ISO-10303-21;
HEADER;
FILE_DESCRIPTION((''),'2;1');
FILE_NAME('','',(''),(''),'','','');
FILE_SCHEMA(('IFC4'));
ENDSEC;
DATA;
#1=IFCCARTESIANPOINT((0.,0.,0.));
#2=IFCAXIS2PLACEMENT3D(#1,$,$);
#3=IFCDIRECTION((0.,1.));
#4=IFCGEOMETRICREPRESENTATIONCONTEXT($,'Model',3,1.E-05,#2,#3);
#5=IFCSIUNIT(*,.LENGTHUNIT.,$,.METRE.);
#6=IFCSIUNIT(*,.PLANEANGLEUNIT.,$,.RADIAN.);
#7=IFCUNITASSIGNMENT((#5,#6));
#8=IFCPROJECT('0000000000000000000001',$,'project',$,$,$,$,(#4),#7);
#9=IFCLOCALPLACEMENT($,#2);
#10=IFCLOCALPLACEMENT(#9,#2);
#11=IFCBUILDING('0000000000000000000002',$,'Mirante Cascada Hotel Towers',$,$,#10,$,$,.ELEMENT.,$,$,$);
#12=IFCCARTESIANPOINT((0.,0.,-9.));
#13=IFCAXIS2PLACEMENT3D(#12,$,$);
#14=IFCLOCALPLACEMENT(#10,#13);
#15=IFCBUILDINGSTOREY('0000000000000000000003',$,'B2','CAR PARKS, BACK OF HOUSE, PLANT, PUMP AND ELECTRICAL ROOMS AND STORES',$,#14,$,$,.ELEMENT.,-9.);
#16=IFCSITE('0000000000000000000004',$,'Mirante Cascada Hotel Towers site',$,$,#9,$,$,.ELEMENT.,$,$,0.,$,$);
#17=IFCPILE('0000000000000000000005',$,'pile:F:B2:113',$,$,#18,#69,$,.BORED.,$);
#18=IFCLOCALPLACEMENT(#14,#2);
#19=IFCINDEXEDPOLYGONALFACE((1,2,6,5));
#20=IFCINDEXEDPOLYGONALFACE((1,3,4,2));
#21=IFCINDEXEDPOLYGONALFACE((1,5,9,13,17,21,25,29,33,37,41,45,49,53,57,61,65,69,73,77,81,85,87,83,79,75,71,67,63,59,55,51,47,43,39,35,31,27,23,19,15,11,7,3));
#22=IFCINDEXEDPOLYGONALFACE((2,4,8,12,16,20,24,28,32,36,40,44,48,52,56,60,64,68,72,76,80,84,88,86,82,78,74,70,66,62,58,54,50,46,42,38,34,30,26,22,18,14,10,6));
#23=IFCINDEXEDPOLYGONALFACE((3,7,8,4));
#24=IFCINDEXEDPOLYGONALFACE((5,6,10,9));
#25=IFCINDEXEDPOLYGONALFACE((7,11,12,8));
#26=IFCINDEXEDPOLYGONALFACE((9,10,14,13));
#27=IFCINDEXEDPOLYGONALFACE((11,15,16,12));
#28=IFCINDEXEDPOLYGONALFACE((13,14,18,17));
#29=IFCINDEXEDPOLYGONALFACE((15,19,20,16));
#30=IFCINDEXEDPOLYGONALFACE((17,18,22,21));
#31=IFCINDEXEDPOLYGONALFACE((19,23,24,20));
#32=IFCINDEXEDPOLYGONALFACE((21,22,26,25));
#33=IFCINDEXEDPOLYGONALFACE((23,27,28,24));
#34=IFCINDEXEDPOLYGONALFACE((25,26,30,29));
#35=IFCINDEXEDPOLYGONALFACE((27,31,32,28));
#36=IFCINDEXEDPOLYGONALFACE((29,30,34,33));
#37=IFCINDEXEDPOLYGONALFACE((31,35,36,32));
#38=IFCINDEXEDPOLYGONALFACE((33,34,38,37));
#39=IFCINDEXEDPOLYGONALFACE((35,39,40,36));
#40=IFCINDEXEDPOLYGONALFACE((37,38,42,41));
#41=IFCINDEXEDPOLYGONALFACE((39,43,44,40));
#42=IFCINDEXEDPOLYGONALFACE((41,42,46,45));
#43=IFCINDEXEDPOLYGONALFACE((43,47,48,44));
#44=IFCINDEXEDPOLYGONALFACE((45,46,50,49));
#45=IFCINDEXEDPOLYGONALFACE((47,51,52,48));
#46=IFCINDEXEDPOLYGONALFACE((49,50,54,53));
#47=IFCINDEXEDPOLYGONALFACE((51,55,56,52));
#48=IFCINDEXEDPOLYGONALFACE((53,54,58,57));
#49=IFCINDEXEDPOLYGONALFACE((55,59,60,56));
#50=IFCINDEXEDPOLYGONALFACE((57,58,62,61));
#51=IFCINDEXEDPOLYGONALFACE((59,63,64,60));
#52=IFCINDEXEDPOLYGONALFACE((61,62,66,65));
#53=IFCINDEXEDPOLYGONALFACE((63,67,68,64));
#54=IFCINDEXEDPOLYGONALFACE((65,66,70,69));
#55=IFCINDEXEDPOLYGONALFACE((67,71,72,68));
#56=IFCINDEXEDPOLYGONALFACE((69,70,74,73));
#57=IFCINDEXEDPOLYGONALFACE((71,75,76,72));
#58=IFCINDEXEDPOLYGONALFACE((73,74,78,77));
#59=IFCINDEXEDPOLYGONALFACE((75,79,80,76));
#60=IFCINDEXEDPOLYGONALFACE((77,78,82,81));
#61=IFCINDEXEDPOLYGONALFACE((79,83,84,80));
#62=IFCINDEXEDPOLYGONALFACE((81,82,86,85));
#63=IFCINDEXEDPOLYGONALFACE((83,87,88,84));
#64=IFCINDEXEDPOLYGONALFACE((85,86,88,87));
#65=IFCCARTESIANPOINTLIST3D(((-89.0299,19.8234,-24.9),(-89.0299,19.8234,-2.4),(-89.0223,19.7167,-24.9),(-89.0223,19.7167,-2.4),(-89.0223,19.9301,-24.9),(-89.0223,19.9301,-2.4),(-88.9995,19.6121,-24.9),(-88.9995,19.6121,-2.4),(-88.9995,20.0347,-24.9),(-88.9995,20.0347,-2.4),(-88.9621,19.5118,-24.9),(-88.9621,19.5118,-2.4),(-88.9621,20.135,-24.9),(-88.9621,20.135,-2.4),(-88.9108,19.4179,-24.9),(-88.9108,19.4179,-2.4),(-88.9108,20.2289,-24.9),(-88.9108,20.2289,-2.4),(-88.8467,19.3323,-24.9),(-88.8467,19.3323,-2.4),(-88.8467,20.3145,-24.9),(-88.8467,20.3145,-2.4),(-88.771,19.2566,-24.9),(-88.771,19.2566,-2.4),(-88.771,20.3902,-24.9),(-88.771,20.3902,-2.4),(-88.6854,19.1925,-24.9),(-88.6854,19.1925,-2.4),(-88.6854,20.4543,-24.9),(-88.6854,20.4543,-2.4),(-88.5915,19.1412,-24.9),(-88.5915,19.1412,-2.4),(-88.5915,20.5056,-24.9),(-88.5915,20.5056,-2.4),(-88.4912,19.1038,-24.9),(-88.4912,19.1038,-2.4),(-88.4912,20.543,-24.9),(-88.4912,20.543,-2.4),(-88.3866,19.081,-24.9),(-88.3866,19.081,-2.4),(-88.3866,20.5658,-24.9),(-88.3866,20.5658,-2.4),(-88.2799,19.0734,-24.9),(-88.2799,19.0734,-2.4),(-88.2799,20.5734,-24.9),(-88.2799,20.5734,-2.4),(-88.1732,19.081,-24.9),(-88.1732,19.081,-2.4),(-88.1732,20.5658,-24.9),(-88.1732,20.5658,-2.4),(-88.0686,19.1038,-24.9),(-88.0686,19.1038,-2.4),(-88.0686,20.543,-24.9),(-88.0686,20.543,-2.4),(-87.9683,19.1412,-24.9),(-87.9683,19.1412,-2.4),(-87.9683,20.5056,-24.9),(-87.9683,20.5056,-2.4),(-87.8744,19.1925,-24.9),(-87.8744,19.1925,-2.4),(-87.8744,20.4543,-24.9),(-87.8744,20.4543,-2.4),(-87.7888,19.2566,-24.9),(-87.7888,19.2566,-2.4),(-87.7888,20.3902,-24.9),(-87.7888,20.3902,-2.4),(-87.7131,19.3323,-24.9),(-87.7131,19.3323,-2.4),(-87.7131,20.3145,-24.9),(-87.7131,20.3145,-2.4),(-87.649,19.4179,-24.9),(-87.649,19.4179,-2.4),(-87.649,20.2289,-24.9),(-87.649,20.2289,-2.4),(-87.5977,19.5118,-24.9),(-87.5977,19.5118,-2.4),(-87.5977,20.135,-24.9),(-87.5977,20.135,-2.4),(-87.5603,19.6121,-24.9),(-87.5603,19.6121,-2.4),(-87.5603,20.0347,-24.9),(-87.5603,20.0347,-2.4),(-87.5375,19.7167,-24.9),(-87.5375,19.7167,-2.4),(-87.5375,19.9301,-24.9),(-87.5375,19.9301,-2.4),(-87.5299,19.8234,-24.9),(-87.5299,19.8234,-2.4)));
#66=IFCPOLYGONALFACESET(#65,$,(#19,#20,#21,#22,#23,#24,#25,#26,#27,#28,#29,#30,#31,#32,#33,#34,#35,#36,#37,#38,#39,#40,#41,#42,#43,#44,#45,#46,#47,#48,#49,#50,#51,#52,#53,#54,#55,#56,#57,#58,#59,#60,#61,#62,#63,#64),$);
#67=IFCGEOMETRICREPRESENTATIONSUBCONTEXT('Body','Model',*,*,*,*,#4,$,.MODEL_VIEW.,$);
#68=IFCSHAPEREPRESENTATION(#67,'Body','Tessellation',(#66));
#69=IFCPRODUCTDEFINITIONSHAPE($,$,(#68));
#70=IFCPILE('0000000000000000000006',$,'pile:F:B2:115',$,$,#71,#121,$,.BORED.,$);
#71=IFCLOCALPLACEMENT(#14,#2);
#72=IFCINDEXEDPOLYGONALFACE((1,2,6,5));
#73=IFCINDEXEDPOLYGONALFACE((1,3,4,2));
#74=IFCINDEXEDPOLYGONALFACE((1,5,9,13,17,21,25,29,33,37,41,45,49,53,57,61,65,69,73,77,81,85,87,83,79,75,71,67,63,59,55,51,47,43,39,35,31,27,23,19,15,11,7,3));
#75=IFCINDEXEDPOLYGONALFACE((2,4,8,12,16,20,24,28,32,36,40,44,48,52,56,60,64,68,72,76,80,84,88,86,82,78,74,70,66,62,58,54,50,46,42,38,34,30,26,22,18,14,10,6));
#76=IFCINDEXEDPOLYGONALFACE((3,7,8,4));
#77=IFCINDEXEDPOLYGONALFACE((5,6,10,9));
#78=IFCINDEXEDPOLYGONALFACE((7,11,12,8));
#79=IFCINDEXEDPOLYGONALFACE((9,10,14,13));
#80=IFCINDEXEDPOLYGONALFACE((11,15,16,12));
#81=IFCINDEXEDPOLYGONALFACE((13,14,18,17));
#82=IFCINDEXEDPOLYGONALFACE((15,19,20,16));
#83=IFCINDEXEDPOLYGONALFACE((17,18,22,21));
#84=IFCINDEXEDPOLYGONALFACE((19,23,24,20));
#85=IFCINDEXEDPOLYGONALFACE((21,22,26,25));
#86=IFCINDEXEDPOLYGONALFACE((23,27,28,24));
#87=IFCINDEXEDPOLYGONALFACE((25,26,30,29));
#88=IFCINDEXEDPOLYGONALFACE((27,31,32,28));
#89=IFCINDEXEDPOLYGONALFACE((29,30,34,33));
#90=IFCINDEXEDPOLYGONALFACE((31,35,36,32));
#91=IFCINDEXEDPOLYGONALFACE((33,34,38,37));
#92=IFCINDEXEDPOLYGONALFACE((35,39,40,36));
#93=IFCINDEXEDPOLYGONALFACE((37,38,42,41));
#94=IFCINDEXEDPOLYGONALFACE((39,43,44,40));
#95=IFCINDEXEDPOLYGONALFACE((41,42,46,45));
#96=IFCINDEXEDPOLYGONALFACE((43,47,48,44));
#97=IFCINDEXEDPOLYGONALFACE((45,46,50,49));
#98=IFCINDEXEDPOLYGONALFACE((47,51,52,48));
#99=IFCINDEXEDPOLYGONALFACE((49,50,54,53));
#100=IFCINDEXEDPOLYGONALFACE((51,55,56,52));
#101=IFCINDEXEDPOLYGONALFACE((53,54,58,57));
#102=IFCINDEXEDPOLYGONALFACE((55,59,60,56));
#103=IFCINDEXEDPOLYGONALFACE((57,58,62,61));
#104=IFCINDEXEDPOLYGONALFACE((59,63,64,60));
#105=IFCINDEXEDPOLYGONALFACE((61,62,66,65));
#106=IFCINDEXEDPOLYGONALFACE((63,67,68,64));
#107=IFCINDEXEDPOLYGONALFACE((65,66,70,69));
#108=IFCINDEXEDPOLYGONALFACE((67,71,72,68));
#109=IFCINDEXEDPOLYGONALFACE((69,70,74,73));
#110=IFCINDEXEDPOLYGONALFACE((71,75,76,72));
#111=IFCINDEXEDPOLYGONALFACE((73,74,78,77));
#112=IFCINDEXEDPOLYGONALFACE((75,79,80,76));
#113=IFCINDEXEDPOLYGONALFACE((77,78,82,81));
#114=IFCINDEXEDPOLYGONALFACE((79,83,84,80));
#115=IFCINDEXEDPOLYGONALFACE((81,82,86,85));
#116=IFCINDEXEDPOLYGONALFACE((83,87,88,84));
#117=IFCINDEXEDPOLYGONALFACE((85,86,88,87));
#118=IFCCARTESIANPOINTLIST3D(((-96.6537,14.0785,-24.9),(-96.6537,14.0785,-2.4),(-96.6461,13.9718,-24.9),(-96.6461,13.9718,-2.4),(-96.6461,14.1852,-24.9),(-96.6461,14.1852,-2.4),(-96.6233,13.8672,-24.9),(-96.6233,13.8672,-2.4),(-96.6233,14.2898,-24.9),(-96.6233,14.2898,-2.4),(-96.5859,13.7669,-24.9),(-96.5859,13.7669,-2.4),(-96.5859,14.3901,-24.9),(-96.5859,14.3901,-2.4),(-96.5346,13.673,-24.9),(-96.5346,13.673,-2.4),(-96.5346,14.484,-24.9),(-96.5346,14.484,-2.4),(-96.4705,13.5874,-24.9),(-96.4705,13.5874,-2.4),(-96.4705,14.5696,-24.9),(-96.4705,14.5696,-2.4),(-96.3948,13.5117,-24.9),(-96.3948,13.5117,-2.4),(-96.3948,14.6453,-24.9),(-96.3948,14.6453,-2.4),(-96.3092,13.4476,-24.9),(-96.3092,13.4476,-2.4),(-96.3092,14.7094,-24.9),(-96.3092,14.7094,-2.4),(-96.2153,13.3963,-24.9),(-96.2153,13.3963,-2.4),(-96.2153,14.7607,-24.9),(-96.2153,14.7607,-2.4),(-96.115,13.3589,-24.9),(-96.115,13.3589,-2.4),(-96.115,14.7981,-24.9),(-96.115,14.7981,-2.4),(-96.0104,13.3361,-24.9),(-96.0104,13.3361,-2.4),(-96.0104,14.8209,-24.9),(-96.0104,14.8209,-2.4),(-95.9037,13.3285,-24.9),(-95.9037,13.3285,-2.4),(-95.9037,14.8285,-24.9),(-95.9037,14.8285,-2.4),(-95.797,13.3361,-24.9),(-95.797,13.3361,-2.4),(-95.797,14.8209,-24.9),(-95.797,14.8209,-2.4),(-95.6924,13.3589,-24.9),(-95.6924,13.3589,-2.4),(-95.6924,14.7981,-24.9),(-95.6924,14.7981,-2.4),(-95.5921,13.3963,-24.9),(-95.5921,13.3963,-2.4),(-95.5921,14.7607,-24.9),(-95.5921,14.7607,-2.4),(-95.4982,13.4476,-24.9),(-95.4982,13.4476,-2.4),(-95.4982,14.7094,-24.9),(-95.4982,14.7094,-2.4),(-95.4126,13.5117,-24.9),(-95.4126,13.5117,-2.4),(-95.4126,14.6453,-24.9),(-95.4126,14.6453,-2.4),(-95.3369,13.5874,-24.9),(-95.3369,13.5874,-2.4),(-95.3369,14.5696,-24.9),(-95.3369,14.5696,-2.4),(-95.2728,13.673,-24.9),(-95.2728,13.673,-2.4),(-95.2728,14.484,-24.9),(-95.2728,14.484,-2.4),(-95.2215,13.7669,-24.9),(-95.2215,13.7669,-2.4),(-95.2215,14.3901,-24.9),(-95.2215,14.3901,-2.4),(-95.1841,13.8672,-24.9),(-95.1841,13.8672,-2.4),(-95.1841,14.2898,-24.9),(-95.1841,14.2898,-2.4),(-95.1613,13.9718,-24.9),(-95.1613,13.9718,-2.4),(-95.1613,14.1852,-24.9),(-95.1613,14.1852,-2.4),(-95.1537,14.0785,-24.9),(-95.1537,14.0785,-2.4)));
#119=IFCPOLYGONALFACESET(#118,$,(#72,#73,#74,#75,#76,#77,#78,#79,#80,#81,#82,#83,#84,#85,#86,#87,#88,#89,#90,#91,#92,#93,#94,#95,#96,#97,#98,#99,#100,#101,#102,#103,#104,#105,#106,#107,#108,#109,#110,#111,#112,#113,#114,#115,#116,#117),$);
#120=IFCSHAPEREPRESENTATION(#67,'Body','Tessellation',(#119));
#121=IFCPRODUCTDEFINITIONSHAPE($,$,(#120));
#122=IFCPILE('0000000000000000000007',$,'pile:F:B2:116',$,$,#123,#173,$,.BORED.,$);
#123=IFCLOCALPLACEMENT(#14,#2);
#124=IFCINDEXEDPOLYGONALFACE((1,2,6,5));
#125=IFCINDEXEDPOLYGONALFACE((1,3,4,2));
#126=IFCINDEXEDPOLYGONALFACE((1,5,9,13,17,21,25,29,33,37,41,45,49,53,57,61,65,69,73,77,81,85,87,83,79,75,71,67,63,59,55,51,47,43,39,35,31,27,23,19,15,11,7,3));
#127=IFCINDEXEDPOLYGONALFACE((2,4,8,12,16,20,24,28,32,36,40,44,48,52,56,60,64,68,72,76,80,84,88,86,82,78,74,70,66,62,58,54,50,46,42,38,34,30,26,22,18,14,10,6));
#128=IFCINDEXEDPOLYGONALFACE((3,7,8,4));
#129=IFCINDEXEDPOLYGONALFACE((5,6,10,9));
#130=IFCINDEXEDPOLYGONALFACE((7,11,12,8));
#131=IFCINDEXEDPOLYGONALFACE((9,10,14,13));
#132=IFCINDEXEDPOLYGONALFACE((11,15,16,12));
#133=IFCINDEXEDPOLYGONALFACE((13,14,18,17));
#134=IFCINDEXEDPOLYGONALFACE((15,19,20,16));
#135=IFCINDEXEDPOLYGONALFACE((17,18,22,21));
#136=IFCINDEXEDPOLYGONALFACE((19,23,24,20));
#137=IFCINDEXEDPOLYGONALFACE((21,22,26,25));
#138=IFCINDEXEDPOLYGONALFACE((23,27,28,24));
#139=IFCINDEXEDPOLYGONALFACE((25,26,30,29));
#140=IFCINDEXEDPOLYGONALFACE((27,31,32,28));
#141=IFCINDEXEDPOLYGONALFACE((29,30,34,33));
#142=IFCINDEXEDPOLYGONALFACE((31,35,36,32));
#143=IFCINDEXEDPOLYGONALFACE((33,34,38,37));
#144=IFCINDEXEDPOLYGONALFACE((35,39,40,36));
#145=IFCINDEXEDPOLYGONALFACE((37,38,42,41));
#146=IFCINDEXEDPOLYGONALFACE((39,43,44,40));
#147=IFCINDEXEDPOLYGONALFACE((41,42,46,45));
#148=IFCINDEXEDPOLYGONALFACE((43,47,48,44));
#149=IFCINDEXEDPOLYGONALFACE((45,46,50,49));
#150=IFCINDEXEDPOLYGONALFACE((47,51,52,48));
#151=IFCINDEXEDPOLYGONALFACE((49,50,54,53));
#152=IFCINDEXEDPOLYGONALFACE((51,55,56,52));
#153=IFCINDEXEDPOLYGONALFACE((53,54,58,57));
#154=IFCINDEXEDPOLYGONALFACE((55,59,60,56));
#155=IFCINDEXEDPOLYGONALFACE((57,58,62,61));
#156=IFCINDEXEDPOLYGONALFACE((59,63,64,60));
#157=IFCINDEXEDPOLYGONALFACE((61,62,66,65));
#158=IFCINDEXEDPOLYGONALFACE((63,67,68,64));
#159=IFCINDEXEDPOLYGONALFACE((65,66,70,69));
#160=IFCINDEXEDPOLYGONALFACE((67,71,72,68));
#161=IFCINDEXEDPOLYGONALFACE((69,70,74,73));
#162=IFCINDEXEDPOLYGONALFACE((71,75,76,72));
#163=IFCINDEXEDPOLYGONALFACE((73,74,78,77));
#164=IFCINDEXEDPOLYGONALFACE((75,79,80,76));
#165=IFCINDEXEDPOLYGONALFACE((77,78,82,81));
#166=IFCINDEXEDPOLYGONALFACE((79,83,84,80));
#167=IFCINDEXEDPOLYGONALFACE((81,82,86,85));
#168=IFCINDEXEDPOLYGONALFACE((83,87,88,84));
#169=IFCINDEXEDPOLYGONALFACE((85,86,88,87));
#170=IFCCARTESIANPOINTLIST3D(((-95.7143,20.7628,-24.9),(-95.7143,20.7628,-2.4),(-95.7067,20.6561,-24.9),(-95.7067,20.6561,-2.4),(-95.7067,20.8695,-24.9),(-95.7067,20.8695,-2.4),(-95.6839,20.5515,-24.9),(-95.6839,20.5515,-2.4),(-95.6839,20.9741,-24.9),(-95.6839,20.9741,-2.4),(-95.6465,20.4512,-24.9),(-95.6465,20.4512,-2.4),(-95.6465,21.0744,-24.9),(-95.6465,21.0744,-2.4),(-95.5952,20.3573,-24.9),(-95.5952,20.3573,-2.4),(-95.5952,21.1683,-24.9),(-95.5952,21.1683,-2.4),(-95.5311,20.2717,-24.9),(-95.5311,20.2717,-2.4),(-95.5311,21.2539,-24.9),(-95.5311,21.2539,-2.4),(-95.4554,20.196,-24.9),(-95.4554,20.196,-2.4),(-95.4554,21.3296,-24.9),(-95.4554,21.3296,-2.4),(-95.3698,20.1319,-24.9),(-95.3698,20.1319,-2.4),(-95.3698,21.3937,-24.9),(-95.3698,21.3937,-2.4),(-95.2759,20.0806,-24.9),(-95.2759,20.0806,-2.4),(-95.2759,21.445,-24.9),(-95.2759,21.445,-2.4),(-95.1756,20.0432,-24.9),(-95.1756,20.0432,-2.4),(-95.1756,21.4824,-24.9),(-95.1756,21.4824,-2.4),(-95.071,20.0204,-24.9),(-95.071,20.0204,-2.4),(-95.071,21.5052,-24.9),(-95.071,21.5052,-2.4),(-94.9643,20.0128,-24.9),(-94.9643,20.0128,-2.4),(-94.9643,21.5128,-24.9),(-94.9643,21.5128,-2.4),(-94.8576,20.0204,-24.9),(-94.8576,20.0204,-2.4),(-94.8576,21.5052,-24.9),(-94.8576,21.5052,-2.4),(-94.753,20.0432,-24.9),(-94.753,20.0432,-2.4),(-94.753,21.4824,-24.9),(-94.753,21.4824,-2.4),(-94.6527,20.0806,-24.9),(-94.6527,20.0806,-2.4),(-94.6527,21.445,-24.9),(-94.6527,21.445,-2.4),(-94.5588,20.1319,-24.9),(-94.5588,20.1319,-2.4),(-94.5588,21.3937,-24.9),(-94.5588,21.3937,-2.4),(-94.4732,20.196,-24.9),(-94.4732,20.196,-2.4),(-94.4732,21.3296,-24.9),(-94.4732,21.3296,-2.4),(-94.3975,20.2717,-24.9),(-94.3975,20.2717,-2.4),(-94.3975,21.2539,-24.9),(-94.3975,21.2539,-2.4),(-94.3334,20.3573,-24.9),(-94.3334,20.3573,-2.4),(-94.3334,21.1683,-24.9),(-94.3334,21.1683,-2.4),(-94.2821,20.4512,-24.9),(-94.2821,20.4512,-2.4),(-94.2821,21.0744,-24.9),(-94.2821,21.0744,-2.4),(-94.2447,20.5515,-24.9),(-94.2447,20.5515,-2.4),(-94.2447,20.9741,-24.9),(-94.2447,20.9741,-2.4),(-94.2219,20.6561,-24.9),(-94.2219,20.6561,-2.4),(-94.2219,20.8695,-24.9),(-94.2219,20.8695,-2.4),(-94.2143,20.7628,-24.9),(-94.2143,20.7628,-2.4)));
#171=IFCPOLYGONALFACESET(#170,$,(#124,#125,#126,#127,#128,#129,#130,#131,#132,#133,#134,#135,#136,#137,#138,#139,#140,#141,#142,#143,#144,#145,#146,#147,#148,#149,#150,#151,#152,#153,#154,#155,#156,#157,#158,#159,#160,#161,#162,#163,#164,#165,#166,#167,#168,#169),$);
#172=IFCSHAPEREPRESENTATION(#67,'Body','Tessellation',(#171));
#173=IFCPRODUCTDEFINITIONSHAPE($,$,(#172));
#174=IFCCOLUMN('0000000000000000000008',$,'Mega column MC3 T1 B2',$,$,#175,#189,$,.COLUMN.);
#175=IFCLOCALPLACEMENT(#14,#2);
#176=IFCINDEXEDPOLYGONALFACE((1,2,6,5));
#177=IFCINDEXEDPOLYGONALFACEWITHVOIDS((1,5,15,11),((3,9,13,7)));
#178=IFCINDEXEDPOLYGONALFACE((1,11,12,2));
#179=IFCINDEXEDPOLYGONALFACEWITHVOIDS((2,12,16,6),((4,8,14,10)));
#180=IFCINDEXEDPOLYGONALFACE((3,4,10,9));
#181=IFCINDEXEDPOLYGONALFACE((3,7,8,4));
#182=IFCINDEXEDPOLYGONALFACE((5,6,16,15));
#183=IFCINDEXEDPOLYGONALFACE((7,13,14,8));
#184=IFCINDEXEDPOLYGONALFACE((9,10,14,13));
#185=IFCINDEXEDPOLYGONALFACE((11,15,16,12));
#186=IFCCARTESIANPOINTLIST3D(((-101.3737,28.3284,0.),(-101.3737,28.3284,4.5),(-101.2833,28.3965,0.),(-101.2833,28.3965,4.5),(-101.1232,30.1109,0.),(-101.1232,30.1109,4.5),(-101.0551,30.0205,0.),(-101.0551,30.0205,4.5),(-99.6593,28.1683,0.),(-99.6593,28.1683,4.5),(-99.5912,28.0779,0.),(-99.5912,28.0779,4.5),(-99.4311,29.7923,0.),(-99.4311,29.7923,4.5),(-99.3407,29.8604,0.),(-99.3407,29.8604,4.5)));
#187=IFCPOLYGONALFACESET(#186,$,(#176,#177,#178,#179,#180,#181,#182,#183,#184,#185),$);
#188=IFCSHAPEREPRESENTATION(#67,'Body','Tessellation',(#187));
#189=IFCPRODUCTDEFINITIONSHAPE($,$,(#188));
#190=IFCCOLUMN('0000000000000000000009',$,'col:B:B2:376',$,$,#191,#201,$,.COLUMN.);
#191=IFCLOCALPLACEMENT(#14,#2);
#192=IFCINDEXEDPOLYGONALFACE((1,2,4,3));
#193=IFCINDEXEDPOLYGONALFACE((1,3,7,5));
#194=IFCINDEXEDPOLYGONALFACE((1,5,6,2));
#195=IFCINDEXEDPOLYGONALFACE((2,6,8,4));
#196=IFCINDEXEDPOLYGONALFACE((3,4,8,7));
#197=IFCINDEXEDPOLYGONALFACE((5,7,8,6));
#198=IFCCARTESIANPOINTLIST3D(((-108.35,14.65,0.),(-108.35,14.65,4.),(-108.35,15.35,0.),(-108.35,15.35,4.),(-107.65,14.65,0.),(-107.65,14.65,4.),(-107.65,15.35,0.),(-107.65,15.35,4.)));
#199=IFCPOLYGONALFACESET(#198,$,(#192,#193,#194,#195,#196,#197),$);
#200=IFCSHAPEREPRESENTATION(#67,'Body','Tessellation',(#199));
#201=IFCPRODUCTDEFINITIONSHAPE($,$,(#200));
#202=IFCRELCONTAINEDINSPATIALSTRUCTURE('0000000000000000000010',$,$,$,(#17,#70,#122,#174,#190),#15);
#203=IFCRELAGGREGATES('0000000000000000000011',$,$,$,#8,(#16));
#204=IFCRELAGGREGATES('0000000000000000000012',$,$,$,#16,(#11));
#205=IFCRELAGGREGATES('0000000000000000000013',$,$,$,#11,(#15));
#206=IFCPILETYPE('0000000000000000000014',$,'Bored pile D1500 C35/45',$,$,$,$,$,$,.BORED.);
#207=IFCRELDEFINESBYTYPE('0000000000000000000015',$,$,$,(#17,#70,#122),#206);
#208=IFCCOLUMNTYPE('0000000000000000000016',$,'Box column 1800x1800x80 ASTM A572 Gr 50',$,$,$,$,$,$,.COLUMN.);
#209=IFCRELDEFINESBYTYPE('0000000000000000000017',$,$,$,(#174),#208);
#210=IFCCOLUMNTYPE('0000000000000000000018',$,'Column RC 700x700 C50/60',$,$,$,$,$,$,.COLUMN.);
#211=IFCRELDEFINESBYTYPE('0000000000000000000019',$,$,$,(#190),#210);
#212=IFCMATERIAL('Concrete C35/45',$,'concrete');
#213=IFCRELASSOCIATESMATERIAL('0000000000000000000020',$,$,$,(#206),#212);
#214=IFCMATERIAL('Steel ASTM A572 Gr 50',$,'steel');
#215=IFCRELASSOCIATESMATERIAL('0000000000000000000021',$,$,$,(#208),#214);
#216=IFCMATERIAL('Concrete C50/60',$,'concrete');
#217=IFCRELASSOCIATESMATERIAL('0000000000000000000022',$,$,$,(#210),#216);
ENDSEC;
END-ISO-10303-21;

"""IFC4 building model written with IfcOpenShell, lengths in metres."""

from ifc_helpers import new_model, si_unit, direction, frame, origin, origin_2d, place, context, subcontext, project, spatial, rectangle, hollow_rectangle, circle, extrude, material, material_profile, profile_set, type_object, element, save


model = new_model("IFC4")

# Units and contexts
model_context = context("Model", 3, precision=1e-05, world=origin(), true_north=direction((0.0, 1.0)))
body_context = subcontext(model_context, "Body", "Model", "MODEL_VIEW")
ifc_project = project(units=[si_unit("LENGTHUNIT", "METRE"), si_unit("PLANEANGLEUNIT", "RADIAN")], contexts=[model_context])

# Site, building, storey
site_placement = place(None, origin())
site = spatial("IfcSite", under=ifc_project, at=site_placement, Name="Mirante Cascada Hotel Towers site", CompositionType="ELEMENT", RefElevation=0.0)
building_placement = place(site_placement, origin())
building = spatial("IfcBuilding", under=site, at=building_placement, Name="Mirante Cascada Hotel Towers", CompositionType="ELEMENT")
storey_placement = place(building_placement, frame((0.0, 0.0, -9.0)))
storey = spatial("IfcBuildingStorey", under=building, at=storey_placement, Name="B2", Description="CAR PARKS, BACK OF HOUSE, PLANT, PUMP AND ELECTRICAL ROOMS AND STORES", CompositionType="ELEMENT", Elevation=-9.0)

# Piles
ifc_material_1 = material(Name="Concrete C35/45", Category="concrete")
ifc_material_profile_1 = material_profile(ifc_material_1, circle(Radius=0.75, at=origin_2d()), Name="RC D1500")
ifc_profile_set_1 = profile_set([ifc_material_profile_1], Name="Concrete C35/45")
pile_type = type_object("IfcPileType", Name="Bored pile D1500 C35/45", PredefinedType="BORED", material=ifc_profile_set_1)
for number, where, z_axis, x_axis, name in (
    (1, (-88.2799, 19.8234, -2.4), (0.0, 0.0, -1.0), (1.0, 0.0, 0.0), "pile:F:B2:113"),
    (2, (-95.9037, 14.0785, -2.4), (0.0, 0.0, -1.0), (1.0, 0.0, 0.0), "pile:F:B2:115"),
    (3, (-94.9643, 20.7628, -2.4), (0.0, 0.0, -1.0), (1.0, 0.0, 0.0), "pile:F:B2:116"),
):
    element("IfcPile", number, at=place(storey_placement, frame(where, z_axis=z_axis, x_axis=x_axis)), inside=storey, type_object=pile_type, Name=name, PredefinedType="BORED", context=body_context, shape_type="SweptSolid", body=[
        extrude(circle(Radius=0.75, at=origin_2d()), origin(), (0.0, 0.0, 1.0), 22.5),
    ])

# Columns
ifc_material_2 = material(Name="Steel ASTM A572 Gr 50", Category="steel")
ifc_material_profile_2 = material_profile(ifc_material_2, hollow_rectangle(XDim=1.8, YDim=1.8, WallThickness=0.08, at=origin_2d()), Name="Box column 1800x1800x80 ASTM A572 Gr 50")
ifc_profile_set_2 = profile_set([ifc_material_profile_2], Name="Steel ASTM A572 Gr 50")
column_type_1 = type_object("IfcColumnType", Name="Box column 1800x1800x80 ASTM A572 Gr 50", PredefinedType="COLUMN", material=ifc_profile_set_2)
column_1_placement = place(storey_placement, frame((-100.3572, 29.0944, 0.0), z_axis=(0.0, 0.0, 1.0), x_axis=(-0.990268, 0.139173, 0.0)))
element("IfcColumn", 4, at=column_1_placement, inside=storey, type_object=column_type_1, Name="Mega column MC3 T1 B2", PredefinedType="COLUMN", context=body_context, shape_type="SweptSolid", body=[
    extrude(hollow_rectangle(XDim=1.8, YDim=1.8, WallThickness=0.08, at=origin_2d()), origin(), (0.0, 0.0, 1.0), 4.5),
])
ifc_material_3 = material(Name="Concrete C50/60", Category="concrete")
ifc_material_profile_3 = material_profile(ifc_material_3, rectangle(XDim=0.7, YDim=0.7, at=origin_2d()), Name="RC 700x700")
ifc_profile_set_3 = profile_set([ifc_material_profile_3], Name="Concrete C50/60")
column_type_2 = type_object("IfcColumnType", Name="Column RC 700x700 C50/60", PredefinedType="COLUMN", material=ifc_profile_set_3)
column_2_placement = place(storey_placement, frame((-108.0, 15.0, 0.0), z_axis=(0.0, 0.0, 1.0), x_axis=(1.0, 0.0, 0.0)))
element("IfcColumn", 5, at=column_2_placement, inside=storey, type_object=column_type_2, Name="col:B:B2:376", PredefinedType="COLUMN", context=body_context, shape_type="SweptSolid", body=[
    extrude(rectangle(XDim=0.7, YDim=0.7, at=origin_2d()), origin(), (0.0, 0.0, 1.0), 4.0),
])

save(model, "model.ifc")
